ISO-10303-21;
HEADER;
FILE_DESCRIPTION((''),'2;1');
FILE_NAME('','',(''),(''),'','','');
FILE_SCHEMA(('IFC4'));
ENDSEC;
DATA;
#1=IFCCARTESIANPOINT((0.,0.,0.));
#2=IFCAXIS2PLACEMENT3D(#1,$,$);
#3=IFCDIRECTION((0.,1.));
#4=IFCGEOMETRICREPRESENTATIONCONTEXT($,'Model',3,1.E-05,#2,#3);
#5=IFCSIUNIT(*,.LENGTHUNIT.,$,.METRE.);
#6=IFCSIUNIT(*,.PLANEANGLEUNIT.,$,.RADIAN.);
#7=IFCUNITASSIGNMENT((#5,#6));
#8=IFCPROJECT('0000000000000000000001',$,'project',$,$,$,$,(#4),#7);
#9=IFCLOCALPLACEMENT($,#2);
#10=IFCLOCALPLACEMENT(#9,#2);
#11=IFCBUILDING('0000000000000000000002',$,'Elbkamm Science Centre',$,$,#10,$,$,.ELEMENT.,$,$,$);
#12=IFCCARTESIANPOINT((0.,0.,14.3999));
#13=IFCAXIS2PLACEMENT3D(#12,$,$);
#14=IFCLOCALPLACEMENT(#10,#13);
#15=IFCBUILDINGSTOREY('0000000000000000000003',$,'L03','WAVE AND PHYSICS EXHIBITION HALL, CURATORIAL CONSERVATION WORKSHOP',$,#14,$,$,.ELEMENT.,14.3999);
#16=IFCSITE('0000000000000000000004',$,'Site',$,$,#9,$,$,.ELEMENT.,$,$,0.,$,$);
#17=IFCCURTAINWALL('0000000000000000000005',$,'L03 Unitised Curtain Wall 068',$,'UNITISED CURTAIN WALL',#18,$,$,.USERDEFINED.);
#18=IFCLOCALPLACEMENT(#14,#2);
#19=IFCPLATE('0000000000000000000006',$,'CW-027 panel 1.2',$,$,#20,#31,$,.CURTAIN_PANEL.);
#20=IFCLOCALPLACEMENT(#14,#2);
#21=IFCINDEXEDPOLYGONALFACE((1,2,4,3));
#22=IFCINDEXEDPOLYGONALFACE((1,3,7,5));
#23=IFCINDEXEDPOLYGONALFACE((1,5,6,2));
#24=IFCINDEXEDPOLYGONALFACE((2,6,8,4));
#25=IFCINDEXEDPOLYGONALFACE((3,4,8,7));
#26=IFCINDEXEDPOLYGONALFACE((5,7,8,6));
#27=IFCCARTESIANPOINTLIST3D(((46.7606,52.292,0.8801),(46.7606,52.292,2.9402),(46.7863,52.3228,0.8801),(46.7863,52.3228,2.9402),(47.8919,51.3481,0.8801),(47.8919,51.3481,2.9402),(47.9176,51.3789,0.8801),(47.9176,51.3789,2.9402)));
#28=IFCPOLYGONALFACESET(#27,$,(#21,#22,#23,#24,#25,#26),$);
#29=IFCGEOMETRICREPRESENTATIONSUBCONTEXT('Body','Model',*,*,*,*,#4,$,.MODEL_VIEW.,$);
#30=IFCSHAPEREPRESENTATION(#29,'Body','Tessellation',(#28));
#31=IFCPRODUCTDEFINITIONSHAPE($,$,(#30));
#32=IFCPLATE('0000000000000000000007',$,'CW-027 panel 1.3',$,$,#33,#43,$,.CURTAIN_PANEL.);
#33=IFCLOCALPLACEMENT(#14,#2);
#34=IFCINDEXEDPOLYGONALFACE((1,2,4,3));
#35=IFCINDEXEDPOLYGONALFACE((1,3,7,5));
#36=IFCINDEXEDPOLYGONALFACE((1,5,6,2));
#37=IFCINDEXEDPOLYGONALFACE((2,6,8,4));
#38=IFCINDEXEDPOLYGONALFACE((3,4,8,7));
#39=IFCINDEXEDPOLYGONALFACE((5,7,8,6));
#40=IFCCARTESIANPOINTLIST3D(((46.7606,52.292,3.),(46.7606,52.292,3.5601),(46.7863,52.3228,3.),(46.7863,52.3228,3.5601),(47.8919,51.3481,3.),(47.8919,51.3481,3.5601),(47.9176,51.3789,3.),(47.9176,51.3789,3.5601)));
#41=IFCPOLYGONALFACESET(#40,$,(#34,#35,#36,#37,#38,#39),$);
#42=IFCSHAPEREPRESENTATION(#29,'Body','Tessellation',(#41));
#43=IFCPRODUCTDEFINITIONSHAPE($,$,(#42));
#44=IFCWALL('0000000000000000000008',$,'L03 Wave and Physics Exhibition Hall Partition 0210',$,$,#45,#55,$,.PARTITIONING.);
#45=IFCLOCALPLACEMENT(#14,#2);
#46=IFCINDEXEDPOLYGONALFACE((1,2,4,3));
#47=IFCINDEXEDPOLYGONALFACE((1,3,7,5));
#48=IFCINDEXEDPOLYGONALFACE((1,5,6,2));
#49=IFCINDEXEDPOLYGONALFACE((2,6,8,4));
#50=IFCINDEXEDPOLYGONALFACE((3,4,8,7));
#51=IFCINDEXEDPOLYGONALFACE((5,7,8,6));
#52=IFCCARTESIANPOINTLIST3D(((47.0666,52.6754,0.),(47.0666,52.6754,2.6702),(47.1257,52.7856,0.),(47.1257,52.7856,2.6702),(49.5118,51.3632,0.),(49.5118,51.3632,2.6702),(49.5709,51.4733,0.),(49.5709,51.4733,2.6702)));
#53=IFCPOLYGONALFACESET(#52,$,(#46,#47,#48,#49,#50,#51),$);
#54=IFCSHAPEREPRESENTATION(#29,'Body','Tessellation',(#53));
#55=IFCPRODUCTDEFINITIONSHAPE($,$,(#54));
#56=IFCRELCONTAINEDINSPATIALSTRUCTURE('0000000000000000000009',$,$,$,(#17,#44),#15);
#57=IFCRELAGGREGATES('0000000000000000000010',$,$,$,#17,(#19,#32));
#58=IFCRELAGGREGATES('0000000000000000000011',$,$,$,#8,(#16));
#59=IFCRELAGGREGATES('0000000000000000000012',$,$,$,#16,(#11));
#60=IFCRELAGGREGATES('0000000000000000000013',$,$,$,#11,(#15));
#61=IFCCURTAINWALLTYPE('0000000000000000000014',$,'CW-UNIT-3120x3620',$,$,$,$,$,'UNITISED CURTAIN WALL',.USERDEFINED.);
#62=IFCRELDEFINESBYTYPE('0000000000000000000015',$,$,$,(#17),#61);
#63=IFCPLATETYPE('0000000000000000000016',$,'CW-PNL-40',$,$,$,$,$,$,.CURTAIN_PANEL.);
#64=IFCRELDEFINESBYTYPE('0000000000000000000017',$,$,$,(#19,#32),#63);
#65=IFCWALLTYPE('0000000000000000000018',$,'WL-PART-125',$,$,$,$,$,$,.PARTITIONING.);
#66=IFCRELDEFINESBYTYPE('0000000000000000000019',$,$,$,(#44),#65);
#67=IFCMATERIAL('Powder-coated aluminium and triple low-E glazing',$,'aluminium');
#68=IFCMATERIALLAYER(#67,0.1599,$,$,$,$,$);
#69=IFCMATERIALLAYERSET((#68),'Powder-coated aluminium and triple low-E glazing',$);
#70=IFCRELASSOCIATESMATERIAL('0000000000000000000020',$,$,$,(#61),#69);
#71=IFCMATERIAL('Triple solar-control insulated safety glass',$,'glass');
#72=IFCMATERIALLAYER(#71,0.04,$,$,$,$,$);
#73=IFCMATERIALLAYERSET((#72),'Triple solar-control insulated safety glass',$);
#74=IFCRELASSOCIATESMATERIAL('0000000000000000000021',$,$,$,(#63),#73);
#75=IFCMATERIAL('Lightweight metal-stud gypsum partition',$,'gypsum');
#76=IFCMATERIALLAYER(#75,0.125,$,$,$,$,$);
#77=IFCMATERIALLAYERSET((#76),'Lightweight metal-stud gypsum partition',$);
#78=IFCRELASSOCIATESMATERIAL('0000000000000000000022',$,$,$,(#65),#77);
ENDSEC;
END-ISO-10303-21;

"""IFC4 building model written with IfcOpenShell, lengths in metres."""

from ifc_helpers import new_model, si_unit, direction, frame, frame_2d, origin, origin_2d, place, context, subcontext, project, spatial, rectangle, extrude, material, layer, layer_set, type_object, element, aggregate, save


model = new_model("IFC4")

# Units and contexts
model_context = context("Model", 3, precision=1e-05, world=origin(), true_north=direction((0.0, 1.0)))
body_context = subcontext(model_context, "Body", "Model", "MODEL_VIEW")
ifc_project = project(units=[si_unit("LENGTHUNIT", "METRE"), si_unit("PLANEANGLEUNIT", "RADIAN")], contexts=[model_context])

# Site, building, storey
site_placement = place(None, origin())
site = spatial("IfcSite", under=ifc_project, at=site_placement, Name="Site", CompositionType="ELEMENT", RefElevation=0.0)
building_placement = place(site_placement, origin())
building = spatial("IfcBuilding", under=site, at=building_placement, Name="Elbkamm Science Centre", CompositionType="ELEMENT")
storey_placement = place(building_placement, frame((0.0, 0.0, 14.3999)))
storey = spatial("IfcBuildingStorey", under=building, at=storey_placement, Name="L03", Description="WAVE AND PHYSICS EXHIBITION HALL, CURATORIAL CONSERVATION WORKSHOP", CompositionType="ELEMENT", Elevation=14.3999)

# Shared definitions
ifc_material_1 = material(Name="Powder-coated aluminium and triple low-E glazing", Category="aluminium")
ifc_layer_1 = layer(ifc_material_1, 0.1599)
ifc_layer_set_1 = layer_set([ifc_layer_1], Name="Powder-coated aluminium and triple low-E glazing")
curtain_wall_type = type_object("IfcCurtainWallType", Name="CW-UNIT-3120x3620", ElementType="UNITISED CURTAIN WALL", PredefinedType="USERDEFINED", material=ifc_layer_set_1)

# Curtain wall
curtain_wall_1_placement = place(storey_placement, origin())
curtain_wall_1 = element("IfcCurtainWall", 1, at=curtain_wall_1_placement, inside=storey, type_object=curtain_wall_type, Name="L03 Unitised Curtain Wall 068", ObjectType="UNITISED CURTAIN WALL", PredefinedType="USERDEFINED")

# Plates
ifc_material_2 = material(Name="Triple solar-control insulated safety glass", Category="glass")
ifc_layer_2 = layer(ifc_material_2, 0.04)
ifc_layer_set_2 = layer_set([ifc_layer_2], Name="Triple solar-control insulated safety glass")
plate_type = type_object("IfcPlateType", Name="CW-PNL-40", PredefinedType="CURTAIN_PANEL", material=ifc_layer_set_2)
plate_1_placement = place(storey_placement, frame((47.3391, 51.8354, 0.8801), z_axis=(0.0, 0.0, 1.0), x_axis=(0.767836, -0.640647, 0.0)))
plate_1 = element("IfcPlate", 2, at=plate_1_placement, type_object=plate_type, Name="CW-027 panel 1.2", PredefinedType="CURTAIN_PANEL", context=body_context, shape_type="SweptSolid", body=[
    extrude(rectangle(XDim=1.4734, YDim=0.04, at=origin_2d()), origin(), (0.0, 0.0, 1.0), 2.0601),
])
plate_2_placement = place(storey_placement, frame((47.3391, 51.8354, 3.0), z_axis=(0.0, 0.0, 1.0), x_axis=(0.767836, -0.640647, 0.0)))
plate_2 = element("IfcPlate", 3, at=plate_2_placement, type_object=plate_type, Name="CW-027 panel 1.3", PredefinedType="CURTAIN_PANEL", context=body_context, shape_type="SweptSolid", body=[
    extrude(rectangle(XDim=1.4734, YDim=0.04, at=origin_2d()), origin(), (0.0, 0.0, 1.0), 0.5601),
])
aggregate(curtain_wall_1, [plate_1, plate_2])

# Wall
ifc_material_3 = material(Name="Lightweight metal-stud gypsum partition", Category="gypsum")
ifc_layer_3 = layer(ifc_material_3, 0.125)
ifc_layer_set_3 = layer_set([ifc_layer_3], Name="Lightweight metal-stud gypsum partition")
wall_type = type_object("IfcWallType", Name="WL-PART-125", PredefinedType="PARTITIONING", material=ifc_layer_set_3)
wall_placement = place(storey_placement, frame((49.5415, 51.4182, 0.0), z_axis=(0.0, 0.0, 1.0), x_axis=(-0.88114, 0.472856, 0.0)))
element("IfcWall", 4, at=wall_placement, inside=storey, type_object=wall_type, Name="L03 Wave and Physics Exhibition Hall Partition 0210", PredefinedType="PARTITIONING", context=body_context, shape_type="SweptSolid", body=[
    extrude(rectangle(XDim=2.7751, YDim=0.125, at=frame_2d((1.3877, 0.0))), origin(), (0.0, 0.0, 1.0), 2.6702),
])

save(model, "model.ifc")
